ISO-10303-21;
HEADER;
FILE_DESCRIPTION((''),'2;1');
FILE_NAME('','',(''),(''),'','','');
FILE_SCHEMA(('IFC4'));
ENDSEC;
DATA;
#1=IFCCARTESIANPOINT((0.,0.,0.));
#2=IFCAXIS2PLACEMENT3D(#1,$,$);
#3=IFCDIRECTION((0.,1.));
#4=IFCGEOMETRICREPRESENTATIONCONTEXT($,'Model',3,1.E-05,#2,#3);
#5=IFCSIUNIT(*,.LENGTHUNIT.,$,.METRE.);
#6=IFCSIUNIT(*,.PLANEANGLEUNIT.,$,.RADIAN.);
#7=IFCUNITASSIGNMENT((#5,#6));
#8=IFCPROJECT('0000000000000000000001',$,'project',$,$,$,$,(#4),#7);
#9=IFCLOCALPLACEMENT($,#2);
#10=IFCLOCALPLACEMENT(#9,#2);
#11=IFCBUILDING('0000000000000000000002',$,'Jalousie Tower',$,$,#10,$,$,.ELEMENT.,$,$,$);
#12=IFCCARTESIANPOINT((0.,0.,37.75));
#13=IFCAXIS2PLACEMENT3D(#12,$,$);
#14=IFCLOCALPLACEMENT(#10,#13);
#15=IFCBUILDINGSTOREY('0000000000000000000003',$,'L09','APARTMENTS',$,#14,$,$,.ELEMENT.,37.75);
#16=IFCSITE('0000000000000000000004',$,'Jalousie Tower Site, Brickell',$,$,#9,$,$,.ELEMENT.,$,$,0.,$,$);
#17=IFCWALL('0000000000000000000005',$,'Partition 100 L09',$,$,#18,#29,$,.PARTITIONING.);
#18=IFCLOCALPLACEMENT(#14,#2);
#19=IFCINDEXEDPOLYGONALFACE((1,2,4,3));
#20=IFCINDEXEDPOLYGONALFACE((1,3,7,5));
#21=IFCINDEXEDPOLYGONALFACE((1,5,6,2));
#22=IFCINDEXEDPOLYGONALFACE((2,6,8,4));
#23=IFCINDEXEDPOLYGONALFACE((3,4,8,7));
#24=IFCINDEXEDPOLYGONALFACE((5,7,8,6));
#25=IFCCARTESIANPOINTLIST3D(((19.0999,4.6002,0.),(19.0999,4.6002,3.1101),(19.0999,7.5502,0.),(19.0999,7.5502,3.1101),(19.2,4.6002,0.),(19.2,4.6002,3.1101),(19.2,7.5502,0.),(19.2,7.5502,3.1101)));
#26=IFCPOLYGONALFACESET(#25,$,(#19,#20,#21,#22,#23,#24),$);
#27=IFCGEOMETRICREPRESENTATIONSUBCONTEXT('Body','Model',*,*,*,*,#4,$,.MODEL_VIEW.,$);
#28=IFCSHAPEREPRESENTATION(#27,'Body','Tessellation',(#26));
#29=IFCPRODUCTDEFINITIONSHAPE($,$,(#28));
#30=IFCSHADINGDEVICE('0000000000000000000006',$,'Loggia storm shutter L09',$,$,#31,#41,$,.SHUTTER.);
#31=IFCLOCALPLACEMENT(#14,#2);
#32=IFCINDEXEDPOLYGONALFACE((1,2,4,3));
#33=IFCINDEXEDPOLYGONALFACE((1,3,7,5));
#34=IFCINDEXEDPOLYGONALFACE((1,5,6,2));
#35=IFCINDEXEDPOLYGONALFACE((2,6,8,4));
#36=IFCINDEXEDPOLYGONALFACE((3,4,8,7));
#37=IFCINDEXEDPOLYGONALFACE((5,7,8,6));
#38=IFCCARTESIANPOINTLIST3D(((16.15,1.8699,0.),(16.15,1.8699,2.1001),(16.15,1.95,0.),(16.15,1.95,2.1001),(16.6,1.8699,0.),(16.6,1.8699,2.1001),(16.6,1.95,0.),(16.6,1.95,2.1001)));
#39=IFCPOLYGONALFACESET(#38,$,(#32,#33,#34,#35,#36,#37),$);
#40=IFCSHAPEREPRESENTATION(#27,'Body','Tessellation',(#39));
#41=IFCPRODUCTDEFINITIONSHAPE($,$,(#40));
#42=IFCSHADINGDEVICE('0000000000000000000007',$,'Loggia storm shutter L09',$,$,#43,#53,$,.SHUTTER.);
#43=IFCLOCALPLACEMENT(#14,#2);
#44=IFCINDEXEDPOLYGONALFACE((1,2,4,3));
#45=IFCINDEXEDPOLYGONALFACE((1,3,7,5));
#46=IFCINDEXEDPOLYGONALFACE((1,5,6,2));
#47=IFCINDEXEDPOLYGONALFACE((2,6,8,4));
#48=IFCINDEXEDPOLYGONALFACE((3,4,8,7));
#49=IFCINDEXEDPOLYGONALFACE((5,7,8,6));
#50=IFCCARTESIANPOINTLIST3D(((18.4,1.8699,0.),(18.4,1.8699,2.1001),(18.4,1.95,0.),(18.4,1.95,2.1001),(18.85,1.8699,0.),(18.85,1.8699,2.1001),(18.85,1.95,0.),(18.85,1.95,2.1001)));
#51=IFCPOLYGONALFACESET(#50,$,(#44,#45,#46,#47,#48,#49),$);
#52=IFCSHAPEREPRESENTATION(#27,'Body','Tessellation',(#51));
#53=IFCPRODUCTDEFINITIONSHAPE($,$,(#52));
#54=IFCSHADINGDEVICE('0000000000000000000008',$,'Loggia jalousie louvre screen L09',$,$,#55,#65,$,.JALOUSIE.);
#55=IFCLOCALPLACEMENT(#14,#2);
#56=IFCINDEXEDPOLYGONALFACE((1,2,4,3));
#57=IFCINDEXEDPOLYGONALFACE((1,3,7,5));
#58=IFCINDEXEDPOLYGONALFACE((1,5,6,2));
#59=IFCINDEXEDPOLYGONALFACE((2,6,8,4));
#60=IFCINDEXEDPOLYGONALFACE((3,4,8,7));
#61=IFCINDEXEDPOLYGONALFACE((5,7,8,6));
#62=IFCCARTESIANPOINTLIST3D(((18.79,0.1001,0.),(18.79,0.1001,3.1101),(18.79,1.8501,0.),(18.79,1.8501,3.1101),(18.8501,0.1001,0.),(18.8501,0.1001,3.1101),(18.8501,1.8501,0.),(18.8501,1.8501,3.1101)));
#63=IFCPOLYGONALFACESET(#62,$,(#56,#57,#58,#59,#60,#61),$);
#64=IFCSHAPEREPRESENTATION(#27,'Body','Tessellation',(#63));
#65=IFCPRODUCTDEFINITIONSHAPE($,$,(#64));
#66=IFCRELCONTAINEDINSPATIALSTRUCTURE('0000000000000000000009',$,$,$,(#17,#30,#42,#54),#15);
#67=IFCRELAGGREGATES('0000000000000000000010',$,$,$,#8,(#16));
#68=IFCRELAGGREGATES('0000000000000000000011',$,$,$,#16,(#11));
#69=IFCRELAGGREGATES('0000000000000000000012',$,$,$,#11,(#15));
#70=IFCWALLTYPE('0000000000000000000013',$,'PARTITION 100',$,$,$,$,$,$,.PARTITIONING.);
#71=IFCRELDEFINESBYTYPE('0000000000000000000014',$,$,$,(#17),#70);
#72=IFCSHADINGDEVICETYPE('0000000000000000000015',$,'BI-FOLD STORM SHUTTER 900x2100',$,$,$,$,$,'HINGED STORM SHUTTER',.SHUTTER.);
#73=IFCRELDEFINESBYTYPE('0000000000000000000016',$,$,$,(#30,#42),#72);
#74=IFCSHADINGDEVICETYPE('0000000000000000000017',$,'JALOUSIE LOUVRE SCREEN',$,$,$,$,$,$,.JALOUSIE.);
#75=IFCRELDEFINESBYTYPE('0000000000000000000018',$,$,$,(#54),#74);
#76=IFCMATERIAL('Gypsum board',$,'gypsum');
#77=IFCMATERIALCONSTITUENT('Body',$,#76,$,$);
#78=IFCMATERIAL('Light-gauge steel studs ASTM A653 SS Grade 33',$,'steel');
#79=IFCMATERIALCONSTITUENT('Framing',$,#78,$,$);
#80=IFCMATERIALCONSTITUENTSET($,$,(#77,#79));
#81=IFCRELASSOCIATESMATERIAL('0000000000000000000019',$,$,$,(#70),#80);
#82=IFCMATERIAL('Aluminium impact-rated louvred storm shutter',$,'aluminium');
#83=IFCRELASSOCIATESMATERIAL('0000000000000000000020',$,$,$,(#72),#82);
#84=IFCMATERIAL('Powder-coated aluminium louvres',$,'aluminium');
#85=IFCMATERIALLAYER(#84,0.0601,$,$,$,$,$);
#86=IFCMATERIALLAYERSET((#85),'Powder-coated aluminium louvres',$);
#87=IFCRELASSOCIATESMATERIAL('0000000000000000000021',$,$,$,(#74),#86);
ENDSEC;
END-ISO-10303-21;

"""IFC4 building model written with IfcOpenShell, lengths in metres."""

from ifc_helpers import new_model, si_unit, direction, frame, frame_2d, origin, origin_2d, place, context, subcontext, project, spatial, rectangle, extrude, material, layer, layer_set, constituent, constituent_set, type_object, element, save


model = new_model("IFC4")

# Units and contexts
model_context = context("Model", 3, precision=1e-05, world=origin(), true_north=direction((0.0, 1.0)))
body_context = subcontext(model_context, "Body", "Model", "MODEL_VIEW")
ifc_project = project(units=[si_unit("LENGTHUNIT", "METRE"), si_unit("PLANEANGLEUNIT", "RADIAN")], contexts=[model_context])

# Site, building, storey
site_placement = place(None, origin())
site = spatial("IfcSite", under=ifc_project, at=site_placement, Name="Jalousie Tower Site, Brickell", CompositionType="ELEMENT", RefElevation=0.0)
building_placement = place(site_placement, origin())
building = spatial("IfcBuilding", under=site, at=building_placement, Name="Jalousie Tower", CompositionType="ELEMENT")
storey_placement = place(building_placement, frame((0.0, 0.0, 37.75)))
storey = spatial("IfcBuildingStorey", under=building, at=storey_placement, Name="L09", Description="APARTMENTS", CompositionType="ELEMENT", Elevation=37.75)

# Shared definitions
ifc_material_1 = material(Name="Gypsum board", Category="gypsum")
ifc_constituent_1 = constituent(ifc_material_1, Name="Body")
ifc_material_2 = material(Name="Light-gauge steel studs ASTM A653 SS Grade 33", Category="steel")
ifc_constituent_2 = constituent(ifc_material_2, Name="Framing")
ifc_constituent_set_1 = constituent_set(constituents=[ifc_constituent_1, ifc_constituent_2])
wall_type_1 = type_object("IfcWallType", Name="PARTITION 100", PredefinedType="PARTITIONING", material=ifc_constituent_set_1)

# Wall
wall_1_placement = place(storey_placement, frame((19.1499, 4.6001, 0.0), z_axis=(0.0, 0.0, 1.0), x_axis=(0.0, 1.0, 0.0)))
element("IfcWall", 1, at=wall_1_placement, inside=storey, type_object=wall_type_1, Name="Partition 100 L09", PredefinedType="PARTITIONING", context=body_context, shape_type="SweptSolid", body=[
    extrude(rectangle(XDim=2.95, YDim=0.1001, at=frame_2d((1.4751, 0.0))), origin(), (0.0, 0.0, 1.0), 3.1101),
])

# Shading devices
ifc_material_3 = material(Name="Aluminium impact-rated louvred storm shutter", Category="aluminium")
shading_device_type_1 = type_object("IfcShadingDeviceType", Name="BI-FOLD STORM SHUTTER 900x2100", ElementType="HINGED STORM SHUTTER", PredefinedType="SHUTTER", material=ifc_material_3)
for number, where, z_axis, x_axis, name in (
    (2, (16.375, 1.9099, 0.0), (0.0, 0.0, 1.0), (1.0, 0.0, 0.0), "Loggia storm shutter L09"),
    (3, (18.625, 1.9099, 0.0), (0.0, 0.0, 1.0), (1.0, 0.0, 0.0), "Loggia storm shutter L09"),
):
    element("IfcShadingDevice", number, at=place(storey_placement, frame(where, z_axis=z_axis, x_axis=x_axis)), inside=storey, type_object=shading_device_type_1, Name=name, PredefinedType="SHUTTER", context=body_context, shape_type="SweptSolid", body=[
        extrude(rectangle(XDim=0.45, YDim=0.0801, at=origin_2d()), origin(), (0.0, 0.0, 1.0), 2.1001),
    ])
ifc_material_4 = material(Name="Powder-coated aluminium louvres", Category="aluminium")
ifc_layer_1 = layer(ifc_material_4, 0.0601)
ifc_layer_set_1 = layer_set([ifc_layer_1], Name="Powder-coated aluminium louvres")
shading_device_type_2 = type_object("IfcShadingDeviceType", Name="JALOUSIE LOUVRE SCREEN", PredefinedType="JALOUSIE", material=ifc_layer_set_1)
shading_device_placement = place(storey_placement, frame((18.8201, 0.9751, 0.0), z_axis=(0.0, 0.0, 1.0), x_axis=(1.0, 0.0, 0.0)))
element("IfcShadingDevice", 4, at=shading_device_placement, inside=storey, type_object=shading_device_type_2, Name="Loggia jalousie louvre screen L09", PredefinedType="JALOUSIE", context=body_context, shape_type="SweptSolid", body=[
    extrude(rectangle(XDim=0.0601, YDim=1.75, at=origin_2d()), origin(), (0.0, 0.0, 1.0), 3.1101),
])

save(model, "model.ifc")
